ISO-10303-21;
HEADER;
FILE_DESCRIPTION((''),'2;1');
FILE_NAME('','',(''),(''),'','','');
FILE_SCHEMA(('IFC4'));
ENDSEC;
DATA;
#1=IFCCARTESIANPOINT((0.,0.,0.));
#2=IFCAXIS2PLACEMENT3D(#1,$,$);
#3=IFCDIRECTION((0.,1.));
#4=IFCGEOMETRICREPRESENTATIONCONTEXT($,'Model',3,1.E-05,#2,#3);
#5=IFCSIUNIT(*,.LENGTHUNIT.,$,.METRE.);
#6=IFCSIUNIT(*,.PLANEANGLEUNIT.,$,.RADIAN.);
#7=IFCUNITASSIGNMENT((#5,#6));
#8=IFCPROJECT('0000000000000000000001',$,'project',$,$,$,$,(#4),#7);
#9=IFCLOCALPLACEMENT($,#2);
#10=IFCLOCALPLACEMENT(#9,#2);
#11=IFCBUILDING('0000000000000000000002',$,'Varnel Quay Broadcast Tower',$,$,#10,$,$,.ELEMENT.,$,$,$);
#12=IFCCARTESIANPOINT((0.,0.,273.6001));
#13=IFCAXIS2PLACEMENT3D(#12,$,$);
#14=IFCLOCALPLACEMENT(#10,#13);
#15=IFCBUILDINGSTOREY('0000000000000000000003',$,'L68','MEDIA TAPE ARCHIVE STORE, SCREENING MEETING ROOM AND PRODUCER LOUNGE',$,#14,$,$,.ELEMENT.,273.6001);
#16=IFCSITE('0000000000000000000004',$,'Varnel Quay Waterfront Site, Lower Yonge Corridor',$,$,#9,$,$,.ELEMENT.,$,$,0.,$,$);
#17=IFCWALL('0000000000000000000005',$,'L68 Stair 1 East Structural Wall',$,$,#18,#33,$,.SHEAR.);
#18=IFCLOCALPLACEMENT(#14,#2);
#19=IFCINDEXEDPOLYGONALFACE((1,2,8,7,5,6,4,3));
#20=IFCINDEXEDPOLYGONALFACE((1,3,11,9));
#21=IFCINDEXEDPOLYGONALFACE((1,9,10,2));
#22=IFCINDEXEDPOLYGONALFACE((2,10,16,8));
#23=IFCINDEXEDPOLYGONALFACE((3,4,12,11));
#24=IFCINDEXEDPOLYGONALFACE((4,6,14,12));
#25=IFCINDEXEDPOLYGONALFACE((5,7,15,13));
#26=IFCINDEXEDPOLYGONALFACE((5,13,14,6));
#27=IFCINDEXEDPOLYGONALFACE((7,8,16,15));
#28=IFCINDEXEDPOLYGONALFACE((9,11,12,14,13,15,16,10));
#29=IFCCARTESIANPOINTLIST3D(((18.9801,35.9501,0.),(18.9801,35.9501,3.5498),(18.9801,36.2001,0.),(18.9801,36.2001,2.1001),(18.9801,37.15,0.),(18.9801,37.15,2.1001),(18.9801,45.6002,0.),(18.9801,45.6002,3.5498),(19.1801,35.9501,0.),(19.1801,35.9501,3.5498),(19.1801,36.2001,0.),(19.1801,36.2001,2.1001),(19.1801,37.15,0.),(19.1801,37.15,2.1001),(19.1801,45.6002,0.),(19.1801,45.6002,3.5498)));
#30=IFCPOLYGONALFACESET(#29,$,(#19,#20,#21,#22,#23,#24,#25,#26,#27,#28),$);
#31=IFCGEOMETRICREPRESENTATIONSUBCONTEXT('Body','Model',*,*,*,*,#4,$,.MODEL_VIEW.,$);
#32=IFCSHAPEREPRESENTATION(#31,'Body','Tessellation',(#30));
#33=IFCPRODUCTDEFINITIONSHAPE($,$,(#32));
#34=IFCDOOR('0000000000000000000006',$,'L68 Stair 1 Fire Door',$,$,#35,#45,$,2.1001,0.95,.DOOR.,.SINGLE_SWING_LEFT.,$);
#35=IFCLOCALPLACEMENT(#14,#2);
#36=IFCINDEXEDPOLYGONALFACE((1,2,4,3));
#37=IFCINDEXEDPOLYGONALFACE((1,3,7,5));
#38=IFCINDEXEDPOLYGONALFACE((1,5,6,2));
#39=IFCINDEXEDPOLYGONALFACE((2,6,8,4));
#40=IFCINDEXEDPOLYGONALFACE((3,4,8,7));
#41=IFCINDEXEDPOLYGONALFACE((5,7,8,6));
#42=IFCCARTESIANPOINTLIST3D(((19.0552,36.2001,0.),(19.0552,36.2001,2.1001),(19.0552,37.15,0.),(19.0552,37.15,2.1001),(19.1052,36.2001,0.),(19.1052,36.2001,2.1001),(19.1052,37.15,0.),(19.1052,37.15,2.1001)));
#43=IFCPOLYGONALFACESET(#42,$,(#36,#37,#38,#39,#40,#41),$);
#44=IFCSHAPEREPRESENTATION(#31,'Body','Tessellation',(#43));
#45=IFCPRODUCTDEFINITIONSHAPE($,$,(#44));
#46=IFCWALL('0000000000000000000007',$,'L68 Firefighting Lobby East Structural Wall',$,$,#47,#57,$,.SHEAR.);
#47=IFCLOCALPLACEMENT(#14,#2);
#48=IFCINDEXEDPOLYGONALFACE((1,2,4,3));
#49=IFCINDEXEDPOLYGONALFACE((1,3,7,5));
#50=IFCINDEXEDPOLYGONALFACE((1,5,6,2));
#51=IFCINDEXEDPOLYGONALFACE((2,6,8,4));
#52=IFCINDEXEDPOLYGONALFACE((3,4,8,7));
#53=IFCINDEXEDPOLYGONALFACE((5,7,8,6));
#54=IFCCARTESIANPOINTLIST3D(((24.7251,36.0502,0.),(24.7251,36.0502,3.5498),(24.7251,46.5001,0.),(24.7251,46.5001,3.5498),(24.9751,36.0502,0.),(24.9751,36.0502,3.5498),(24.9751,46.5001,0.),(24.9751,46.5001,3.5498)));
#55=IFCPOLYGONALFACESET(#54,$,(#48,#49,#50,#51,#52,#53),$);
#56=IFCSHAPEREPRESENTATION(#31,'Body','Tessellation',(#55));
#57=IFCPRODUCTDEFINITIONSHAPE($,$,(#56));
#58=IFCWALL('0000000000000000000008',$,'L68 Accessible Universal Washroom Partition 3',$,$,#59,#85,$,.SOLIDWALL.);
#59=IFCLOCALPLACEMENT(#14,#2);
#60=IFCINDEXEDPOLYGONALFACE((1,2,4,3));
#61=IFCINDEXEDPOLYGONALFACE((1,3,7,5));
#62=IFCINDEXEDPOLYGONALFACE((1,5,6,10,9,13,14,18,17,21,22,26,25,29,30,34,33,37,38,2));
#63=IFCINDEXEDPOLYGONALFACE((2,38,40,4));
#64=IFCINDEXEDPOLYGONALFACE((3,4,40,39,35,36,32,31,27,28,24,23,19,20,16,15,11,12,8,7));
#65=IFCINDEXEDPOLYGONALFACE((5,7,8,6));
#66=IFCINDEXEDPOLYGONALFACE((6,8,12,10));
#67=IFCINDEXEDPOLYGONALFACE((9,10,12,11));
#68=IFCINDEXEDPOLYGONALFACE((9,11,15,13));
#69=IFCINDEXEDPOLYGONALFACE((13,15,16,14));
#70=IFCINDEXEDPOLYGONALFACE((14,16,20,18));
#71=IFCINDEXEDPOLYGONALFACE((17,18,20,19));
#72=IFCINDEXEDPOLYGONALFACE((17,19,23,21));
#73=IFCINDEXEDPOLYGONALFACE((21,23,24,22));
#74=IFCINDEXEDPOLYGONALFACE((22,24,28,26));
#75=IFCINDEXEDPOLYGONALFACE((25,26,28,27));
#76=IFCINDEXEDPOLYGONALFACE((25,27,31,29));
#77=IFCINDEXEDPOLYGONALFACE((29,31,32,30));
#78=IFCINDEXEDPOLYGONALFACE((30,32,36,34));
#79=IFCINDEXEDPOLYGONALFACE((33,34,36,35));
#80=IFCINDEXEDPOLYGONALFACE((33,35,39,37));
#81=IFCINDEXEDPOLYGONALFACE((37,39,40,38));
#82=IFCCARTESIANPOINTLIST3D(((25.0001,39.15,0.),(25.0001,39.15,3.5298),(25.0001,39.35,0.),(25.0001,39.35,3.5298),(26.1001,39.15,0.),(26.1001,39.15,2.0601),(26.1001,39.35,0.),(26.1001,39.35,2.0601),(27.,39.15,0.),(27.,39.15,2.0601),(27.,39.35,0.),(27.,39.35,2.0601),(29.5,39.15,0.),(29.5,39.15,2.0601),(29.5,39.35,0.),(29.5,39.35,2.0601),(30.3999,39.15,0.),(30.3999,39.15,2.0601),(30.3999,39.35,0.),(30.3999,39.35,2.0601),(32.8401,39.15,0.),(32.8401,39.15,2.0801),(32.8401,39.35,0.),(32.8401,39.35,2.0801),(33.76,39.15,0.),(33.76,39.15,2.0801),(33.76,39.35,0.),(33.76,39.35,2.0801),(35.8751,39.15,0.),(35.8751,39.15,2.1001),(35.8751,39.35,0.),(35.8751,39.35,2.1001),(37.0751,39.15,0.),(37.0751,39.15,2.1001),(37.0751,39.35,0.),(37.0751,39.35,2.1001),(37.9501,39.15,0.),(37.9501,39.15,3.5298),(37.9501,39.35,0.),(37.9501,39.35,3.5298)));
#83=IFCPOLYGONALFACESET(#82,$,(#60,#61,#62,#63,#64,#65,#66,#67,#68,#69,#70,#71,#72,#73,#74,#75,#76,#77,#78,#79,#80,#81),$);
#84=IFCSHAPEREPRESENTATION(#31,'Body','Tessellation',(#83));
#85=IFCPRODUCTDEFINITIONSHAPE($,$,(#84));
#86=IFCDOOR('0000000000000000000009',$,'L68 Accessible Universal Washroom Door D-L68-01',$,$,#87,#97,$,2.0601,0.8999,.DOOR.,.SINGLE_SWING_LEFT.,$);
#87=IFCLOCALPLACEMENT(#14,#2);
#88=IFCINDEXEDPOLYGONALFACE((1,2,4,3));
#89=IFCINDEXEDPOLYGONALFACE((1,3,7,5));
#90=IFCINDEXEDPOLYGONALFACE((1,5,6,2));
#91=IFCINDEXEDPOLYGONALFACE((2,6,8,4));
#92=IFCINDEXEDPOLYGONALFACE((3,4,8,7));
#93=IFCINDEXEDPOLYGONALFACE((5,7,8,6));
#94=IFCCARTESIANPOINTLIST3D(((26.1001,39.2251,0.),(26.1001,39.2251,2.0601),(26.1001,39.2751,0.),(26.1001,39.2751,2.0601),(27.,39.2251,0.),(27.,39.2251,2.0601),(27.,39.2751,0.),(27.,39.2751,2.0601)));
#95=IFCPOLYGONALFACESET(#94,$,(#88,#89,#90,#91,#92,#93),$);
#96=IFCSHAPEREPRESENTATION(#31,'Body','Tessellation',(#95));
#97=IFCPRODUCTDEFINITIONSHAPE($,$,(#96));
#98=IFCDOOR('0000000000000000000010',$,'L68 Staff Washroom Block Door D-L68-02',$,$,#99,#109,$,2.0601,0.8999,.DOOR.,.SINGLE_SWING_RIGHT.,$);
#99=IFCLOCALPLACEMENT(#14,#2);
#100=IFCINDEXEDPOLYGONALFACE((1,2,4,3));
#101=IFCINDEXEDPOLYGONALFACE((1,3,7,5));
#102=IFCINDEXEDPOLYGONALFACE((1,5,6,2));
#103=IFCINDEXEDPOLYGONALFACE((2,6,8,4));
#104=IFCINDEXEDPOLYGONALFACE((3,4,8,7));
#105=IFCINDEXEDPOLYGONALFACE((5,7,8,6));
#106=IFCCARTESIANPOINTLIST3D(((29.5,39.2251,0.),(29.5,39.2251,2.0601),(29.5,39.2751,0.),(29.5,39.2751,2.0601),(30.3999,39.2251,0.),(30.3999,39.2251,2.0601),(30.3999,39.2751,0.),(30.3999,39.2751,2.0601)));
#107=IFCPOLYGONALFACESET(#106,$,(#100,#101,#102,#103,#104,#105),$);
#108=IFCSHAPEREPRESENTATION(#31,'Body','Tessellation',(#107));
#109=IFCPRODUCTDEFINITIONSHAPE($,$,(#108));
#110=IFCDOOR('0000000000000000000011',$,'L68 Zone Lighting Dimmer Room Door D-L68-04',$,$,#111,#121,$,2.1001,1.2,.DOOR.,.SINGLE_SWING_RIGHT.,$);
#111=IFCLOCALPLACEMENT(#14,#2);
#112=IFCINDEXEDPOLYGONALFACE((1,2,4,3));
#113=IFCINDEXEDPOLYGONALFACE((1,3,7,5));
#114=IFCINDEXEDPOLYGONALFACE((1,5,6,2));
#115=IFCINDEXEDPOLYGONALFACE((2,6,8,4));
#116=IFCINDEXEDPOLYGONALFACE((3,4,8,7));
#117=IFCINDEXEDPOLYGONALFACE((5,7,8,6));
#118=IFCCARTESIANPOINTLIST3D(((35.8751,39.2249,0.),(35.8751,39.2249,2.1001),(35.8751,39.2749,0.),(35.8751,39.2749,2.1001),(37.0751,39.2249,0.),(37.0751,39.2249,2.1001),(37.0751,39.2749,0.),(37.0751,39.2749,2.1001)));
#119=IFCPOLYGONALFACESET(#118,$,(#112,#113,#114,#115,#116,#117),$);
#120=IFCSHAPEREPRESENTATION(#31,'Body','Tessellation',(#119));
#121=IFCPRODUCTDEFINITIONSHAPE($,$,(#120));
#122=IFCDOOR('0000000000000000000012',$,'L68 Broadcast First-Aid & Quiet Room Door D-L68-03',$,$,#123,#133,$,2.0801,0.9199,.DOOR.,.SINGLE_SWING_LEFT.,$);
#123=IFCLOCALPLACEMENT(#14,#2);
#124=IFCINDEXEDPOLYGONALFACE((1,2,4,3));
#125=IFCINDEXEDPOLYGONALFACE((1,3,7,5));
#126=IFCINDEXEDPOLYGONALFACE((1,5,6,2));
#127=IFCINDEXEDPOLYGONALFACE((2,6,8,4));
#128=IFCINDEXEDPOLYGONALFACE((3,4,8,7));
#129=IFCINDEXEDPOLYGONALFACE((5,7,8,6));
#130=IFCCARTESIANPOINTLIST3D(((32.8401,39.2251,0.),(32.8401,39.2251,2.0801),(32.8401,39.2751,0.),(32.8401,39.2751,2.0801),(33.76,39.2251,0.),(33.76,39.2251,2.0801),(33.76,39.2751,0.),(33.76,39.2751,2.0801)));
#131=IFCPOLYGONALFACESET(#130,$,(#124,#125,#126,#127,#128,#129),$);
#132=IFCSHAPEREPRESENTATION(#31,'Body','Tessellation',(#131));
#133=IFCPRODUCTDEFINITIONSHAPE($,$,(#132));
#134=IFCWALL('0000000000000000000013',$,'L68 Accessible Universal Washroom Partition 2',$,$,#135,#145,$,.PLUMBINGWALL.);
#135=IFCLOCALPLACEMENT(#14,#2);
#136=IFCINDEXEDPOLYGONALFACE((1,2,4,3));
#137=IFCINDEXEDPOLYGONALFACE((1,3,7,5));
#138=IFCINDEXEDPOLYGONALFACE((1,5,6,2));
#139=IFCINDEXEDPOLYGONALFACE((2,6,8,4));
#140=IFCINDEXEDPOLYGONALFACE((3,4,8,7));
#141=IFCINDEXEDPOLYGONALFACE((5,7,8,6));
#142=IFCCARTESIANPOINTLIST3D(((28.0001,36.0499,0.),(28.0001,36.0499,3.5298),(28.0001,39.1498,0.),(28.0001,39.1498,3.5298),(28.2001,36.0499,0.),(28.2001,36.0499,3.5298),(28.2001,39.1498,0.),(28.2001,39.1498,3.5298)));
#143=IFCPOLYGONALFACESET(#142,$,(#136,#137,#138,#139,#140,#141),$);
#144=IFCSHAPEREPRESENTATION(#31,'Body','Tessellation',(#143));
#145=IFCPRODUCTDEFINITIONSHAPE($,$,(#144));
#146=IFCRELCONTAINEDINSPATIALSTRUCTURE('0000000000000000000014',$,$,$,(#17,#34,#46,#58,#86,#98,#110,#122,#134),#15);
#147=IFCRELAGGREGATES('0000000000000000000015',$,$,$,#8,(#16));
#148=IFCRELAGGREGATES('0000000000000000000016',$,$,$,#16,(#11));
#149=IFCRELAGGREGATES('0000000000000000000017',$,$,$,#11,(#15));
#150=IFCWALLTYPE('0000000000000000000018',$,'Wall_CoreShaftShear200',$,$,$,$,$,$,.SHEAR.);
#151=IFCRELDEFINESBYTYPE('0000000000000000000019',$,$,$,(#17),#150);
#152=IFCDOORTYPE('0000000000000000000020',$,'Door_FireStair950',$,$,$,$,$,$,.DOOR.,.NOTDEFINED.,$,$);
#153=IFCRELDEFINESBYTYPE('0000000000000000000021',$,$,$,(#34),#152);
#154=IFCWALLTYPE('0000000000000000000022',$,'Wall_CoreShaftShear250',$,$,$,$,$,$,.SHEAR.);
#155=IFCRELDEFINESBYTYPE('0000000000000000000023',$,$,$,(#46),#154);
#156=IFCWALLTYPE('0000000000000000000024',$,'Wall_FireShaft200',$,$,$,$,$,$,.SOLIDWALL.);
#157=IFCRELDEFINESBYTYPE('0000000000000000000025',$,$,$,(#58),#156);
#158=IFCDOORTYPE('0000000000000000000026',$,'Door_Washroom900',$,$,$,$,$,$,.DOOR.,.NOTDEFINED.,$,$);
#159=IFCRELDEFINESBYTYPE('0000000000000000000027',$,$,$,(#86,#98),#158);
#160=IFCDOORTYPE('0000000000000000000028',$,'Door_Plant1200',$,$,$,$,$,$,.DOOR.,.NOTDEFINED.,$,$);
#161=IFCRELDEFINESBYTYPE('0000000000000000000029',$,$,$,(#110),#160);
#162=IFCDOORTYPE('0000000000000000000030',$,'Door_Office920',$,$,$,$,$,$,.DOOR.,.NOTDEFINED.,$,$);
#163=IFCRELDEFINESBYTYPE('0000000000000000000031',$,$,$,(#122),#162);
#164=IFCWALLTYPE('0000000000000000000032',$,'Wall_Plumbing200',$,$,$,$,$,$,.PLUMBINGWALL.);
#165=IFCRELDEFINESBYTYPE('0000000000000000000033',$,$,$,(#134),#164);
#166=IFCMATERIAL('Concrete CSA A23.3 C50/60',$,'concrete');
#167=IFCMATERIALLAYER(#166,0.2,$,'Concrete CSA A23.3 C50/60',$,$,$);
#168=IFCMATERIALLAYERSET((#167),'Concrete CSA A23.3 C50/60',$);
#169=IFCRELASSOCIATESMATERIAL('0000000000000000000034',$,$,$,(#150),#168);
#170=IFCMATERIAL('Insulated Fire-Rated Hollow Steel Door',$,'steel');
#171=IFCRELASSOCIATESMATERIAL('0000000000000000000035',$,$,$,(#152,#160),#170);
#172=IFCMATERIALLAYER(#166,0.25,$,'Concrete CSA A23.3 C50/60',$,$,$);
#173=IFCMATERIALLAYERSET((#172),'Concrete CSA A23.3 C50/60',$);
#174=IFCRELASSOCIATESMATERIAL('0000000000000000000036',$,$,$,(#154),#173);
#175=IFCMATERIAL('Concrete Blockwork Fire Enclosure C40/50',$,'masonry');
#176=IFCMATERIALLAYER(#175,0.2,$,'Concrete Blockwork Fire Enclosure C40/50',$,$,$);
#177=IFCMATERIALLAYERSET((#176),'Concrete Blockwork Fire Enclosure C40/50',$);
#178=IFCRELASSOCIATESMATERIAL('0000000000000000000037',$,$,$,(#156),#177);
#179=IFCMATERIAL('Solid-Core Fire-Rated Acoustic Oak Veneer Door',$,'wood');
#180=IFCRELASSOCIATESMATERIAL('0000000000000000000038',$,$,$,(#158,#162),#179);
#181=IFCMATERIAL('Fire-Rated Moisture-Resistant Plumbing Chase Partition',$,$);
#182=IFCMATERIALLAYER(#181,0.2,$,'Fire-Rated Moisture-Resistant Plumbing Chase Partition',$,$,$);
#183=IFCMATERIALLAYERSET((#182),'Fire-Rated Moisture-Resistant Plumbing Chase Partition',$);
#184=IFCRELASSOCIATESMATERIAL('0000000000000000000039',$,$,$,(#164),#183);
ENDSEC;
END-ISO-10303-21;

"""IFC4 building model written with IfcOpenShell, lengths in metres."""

from ifc_helpers import new_model, si_unit, direction, frame, frame_2d, origin, place, context, subcontext, project, spatial, rectangle, extrude, source, transform, mapped, material, layer, layer_set, type_object, type_shapes, element, fill, save


model = new_model("IFC4")

# Units and contexts
model_context = context("Model", 3, precision=1e-05, world=origin(), true_north=direction((0.0, 1.0)))
body_context = subcontext(model_context, "Body", "Model", "MODEL_VIEW")
ifc_project = project(units=[si_unit("LENGTHUNIT", "METRE"), si_unit("PLANEANGLEUNIT", "RADIAN")], contexts=[model_context])

# Site, building, storey
site_placement = place(None, origin())
site = spatial("IfcSite", under=ifc_project, at=site_placement, Name="Varnel Quay Waterfront Site, Lower Yonge Corridor", CompositionType="ELEMENT", RefElevation=0.0)
building_placement = place(site_placement, origin())
building = spatial("IfcBuilding", under=site, at=building_placement, Name="Varnel Quay Broadcast Tower", CompositionType="ELEMENT")
storey_placement = place(building_placement, frame((0.0, 0.0, 273.6001)))
storey = spatial("IfcBuildingStorey", under=building, at=storey_placement, Name="L68", Description="MEDIA TAPE ARCHIVE STORE, SCREENING MEETING ROOM AND PRODUCER LOUNGE", CompositionType="ELEMENT", Elevation=273.6001)

# Wall, opening, door
ifc_material_1 = material(Name="Concrete CSA A23.3 C50/60", Category="concrete")
ifc_layer_1 = layer(ifc_material_1, 0.2, Name="Concrete CSA A23.3 C50/60")
ifc_layer_set_1 = layer_set([ifc_layer_1], Name="Concrete CSA A23.3 C50/60")
wall_type_1 = type_object("IfcWallType", Name="Wall_CoreShaftShear200", PredefinedType="SHEAR", material=ifc_layer_set_1)
wall_1_placement = place(storey_placement, frame((19.0801, 35.95, 0.0), z_axis=(0.0, 0.0, 1.0), x_axis=(0.0, 1.0, 0.0)))
wall_1 = element("IfcWall", 1, at=wall_1_placement, inside=storey, type_object=wall_type_1, Name="L68 Stair 1 East Structural Wall", PredefinedType="SHEAR", context=body_context, shape_type="SweptSolid", body=[
    extrude(rectangle(XDim=9.6501, YDim=0.2, at=frame_2d((4.8252, 0.0))), origin(), (0.0, 0.0, 1.0), 3.5498),
])
opening_1_placement = place(wall_1_placement, frame((0.25, 0.0, 0.0)))
opening_1 = element("IfcOpeningElement", 2, at=opening_1_placement, cuts=wall_1, PredefinedType="OPENING", context=body_context, shape_type="SweptSolid", body=[
    extrude(rectangle(XDim=0.95, YDim=2.1001, at=frame_2d((0.4751, 1.05))), frame((0.0, 0.1099, 0.0), z_axis=(0.0, -1.0, 0.0), x_axis=(1.0, 0.0, 0.0)), (0.0, 0.0, 1.0), 0.22),
])
ifc_material_2 = material(Name="Insulated Fire-Rated Hollow Steel Door", Category="steel")
door_type_1 = type_object("IfcDoorType", Name="Door_FireStair950", OperationType="NOTDEFINED", PredefinedType="DOOR", material=ifc_material_2)
shared_shape_1 = source(origin(), body_context, "Body", "SweptSolid", [
    extrude(rectangle(XDim=0.95, YDim=2.1001, at=frame_2d((0.4751, 1.05))), frame((0.0, 0.0249, 0.0), z_axis=(0.0, -1.0, 0.0), x_axis=(1.0, 0.0, 0.0)), (0.0, 0.0, 1.0), 0.05),
])
type_shapes(door_type_1, [shared_shape_1])
door_1_placement = place(opening_1_placement, origin())
door_1 = element("IfcDoor", 3, at=door_1_placement, inside=storey, type_object=door_type_1, Name="L68 Stair 1 Fire Door", OperationType="SINGLE_SWING_LEFT", OverallHeight=2.1001, OverallWidth=0.95, PredefinedType="DOOR", context=body_context, shape_type="MappedRepresentation", body=[
    mapped(shared_shape_1, transform((0.0, 0.0, 0.0), x_axis=(1.0, 0.0, 0.0), y_axis=(0.0, 1.0, 0.0), z_axis=(0.0, 0.0, 1.0), scale=1.0)),
])
fill(opening_1, door_1)

# Wall
ifc_layer_2 = layer(ifc_material_1, 0.25, Name="Concrete CSA A23.3 C50/60")
ifc_layer_set_2 = layer_set([ifc_layer_2], Name="Concrete CSA A23.3 C50/60")
wall_type_2 = type_object("IfcWallType", Name="Wall_CoreShaftShear250", PredefinedType="SHEAR", material=ifc_layer_set_2)
wall_2_placement = place(storey_placement, frame((24.8501, 36.05, 0.0), z_axis=(0.0, 0.0, 1.0), x_axis=(0.0, 1.0, 0.0)))
element("IfcWall", 4, at=wall_2_placement, inside=storey, type_object=wall_type_2, Name="L68 Firefighting Lobby East Structural Wall", PredefinedType="SHEAR", context=body_context, shape_type="SweptSolid", body=[
    extrude(rectangle(XDim=10.45, YDim=0.25, at=frame_2d((5.2251, 0.0))), origin(), (0.0, 0.0, 1.0), 3.5498),
])

# Wall, openings, doors
ifc_material_3 = material(Name="Concrete Blockwork Fire Enclosure C40/50", Category="masonry")
ifc_layer_3 = layer(ifc_material_3, 0.2, Name="Concrete Blockwork Fire Enclosure C40/50")
ifc_layer_set_3 = layer_set([ifc_layer_3], Name="Concrete Blockwork Fire Enclosure C40/50")
wall_type_3 = type_object("IfcWallType", Name="Wall_FireShaft200", PredefinedType="SOLIDWALL", material=ifc_layer_set_3)
wall_3_placement = place(storey_placement, frame((25.0, 39.25, 0.0), z_axis=(0.0, 0.0, 1.0), x_axis=(1.0, 0.0, 0.0)))
wall_3 = element("IfcWall", 5, at=wall_3_placement, inside=storey, type_object=wall_type_3, Name="L68 Accessible Universal Washroom Partition 3", PredefinedType="SOLIDWALL", context=body_context, shape_type="SweptSolid", body=[
    extrude(rectangle(XDim=12.95, YDim=0.2, at=frame_2d((6.4751, 0.0))), origin(), (0.0, 0.0, 1.0), 3.5298),
])
opening_2_placement = place(wall_3_placement, frame((1.1001, 0.0, 0.0)))
opening_2 = element("IfcOpeningElement", 6, at=opening_2_placement, cuts=wall_3, PredefinedType="OPENING", context=body_context, shape_type="SweptSolid", body=[
    extrude(rectangle(XDim=0.8999, YDim=2.0601, at=frame_2d((0.45, 1.03))), frame((0.0, 0.1099, 0.0), z_axis=(0.0, -1.0, 0.0), x_axis=(1.0, 0.0, 0.0)), (0.0, 0.0, 1.0), 0.22),
])
opening_3_placement = place(wall_3_placement, frame((4.5, 0.0, 0.0)))
opening_3 = element("IfcOpeningElement", 7, at=opening_3_placement, cuts=wall_3, PredefinedType="OPENING", context=body_context, shape_type="SweptSolid", body=[
    extrude(rectangle(XDim=0.8999, YDim=2.0601, at=frame_2d((0.45, 1.03))), frame((0.0, 0.1099, 0.0), z_axis=(0.0, -1.0, 0.0), x_axis=(1.0, 0.0, 0.0)), (0.0, 0.0, 1.0), 0.22),
])
opening_4_placement = place(wall_3_placement, frame((7.8401, 0.0, 0.0)))
opening_4 = element("IfcOpeningElement", 8, at=opening_4_placement, cuts=wall_3, PredefinedType="OPENING", context=body_context, shape_type="SweptSolid", body=[
    extrude(rectangle(XDim=0.9199, YDim=2.0801, at=frame_2d((0.46, 1.04))), frame((0.0, 0.1099, 0.0), z_axis=(0.0, -1.0, 0.0), x_axis=(1.0, 0.0, 0.0)), (0.0, 0.0, 1.0), 0.22),
])
opening_5_placement = place(wall_3_placement, frame((10.875, 0.0, 0.0)))
opening_5 = element("IfcOpeningElement", 9, at=opening_5_placement, cuts=wall_3, PredefinedType="OPENING", context=body_context, shape_type="SweptSolid", body=[
    extrude(rectangle(XDim=1.2, YDim=2.1001, at=frame_2d((0.6001, 1.05))), frame((0.0, 0.1099, 0.0), z_axis=(0.0, -1.0, 0.0), x_axis=(1.0, 0.0, 0.0)), (0.0, 0.0, 1.0), 0.22),
])
ifc_material_4 = material(Name="Solid-Core Fire-Rated Acoustic Oak Veneer Door", Category="wood")
door_type_2 = type_object("IfcDoorType", Name="Door_Washroom900", OperationType="NOTDEFINED", PredefinedType="DOOR", material=ifc_material_4)
shared_shape_2 = source(origin(), body_context, "Body", "SweptSolid", [
    extrude(rectangle(XDim=0.8999, YDim=2.0601, at=frame_2d((0.45, 1.03))), frame((0.0, 0.0249, 0.0), z_axis=(0.0, -1.0, 0.0), x_axis=(1.0, 0.0, 0.0)), (0.0, 0.0, 1.0), 0.05),
])
type_shapes(door_type_2, [shared_shape_2])
door_2_placement = place(opening_2_placement, frame((0.8999, 0.0, 0.0), z_axis=(0.0, 0.0, 1.0), x_axis=(-1.0, 0.0, 0.0)))
door_2 = element("IfcDoor", 10, at=door_2_placement, inside=storey, type_object=door_type_2, Name="L68 Accessible Universal Washroom Door D-L68-01", OperationType="SINGLE_SWING_LEFT", OverallHeight=2.0601, OverallWidth=0.8999, PredefinedType="DOOR", context=body_context, shape_type="MappedRepresentation", body=[
    mapped(shared_shape_2, transform((0.0, 0.0, 0.0), x_axis=(1.0, 0.0, 0.0), y_axis=(0.0, 1.0, 0.0), z_axis=(0.0, 0.0, 1.0), scale=1.0)),
])
fill(opening_2, door_2)
door_3_placement = place(opening_3_placement, frame((0.8999, 0.0, 0.0), z_axis=(0.0, 0.0, 1.0), x_axis=(-1.0, 0.0, 0.0)))
door_3 = element("IfcDoor", 11, at=door_3_placement, inside=storey, type_object=door_type_2, Name="L68 Staff Washroom Block Door D-L68-02", OperationType="SINGLE_SWING_RIGHT", OverallHeight=2.0601, OverallWidth=0.8999, PredefinedType="DOOR", context=body_context, shape_type="MappedRepresentation", body=[
    mapped(shared_shape_2, transform((0.0, 0.0, 0.0), x_axis=(1.0, 0.0, 0.0), y_axis=(0.0, 1.0, 0.0), z_axis=(0.0, 0.0, 1.0), scale=1.0)),
])
fill(opening_3, door_3)
door_type_3 = type_object("IfcDoorType", Name="Door_Plant1200", OperationType="NOTDEFINED", PredefinedType="DOOR", material=ifc_material_2)
shared_shape_3 = source(origin(), body_context, "Body", "SweptSolid", [
    extrude(rectangle(XDim=1.2, YDim=2.1001, at=frame_2d((0.6001, 1.05))), frame((0.0, 0.0249, 0.0), z_axis=(0.0, -1.0, 0.0), x_axis=(1.0, 0.0, 0.0)), (0.0, 0.0, 1.0), 0.05),
])
type_shapes(door_type_3, [shared_shape_3])
door_4_placement = place(opening_5_placement, origin())
door_4 = element("IfcDoor", 12, at=door_4_placement, inside=storey, type_object=door_type_3, Name="L68 Zone Lighting Dimmer Room Door D-L68-04", OperationType="SINGLE_SWING_RIGHT", OverallHeight=2.1001, OverallWidth=1.2, PredefinedType="DOOR", context=body_context, shape_type="MappedRepresentation", body=[
    mapped(shared_shape_3, transform((0.0, 0.0, 0.0), x_axis=(1.0, 0.0, 0.0), y_axis=(0.0, 1.0, 0.0), z_axis=(0.0, 0.0, 1.0), scale=1.0)),
])
fill(opening_5, door_4)
door_type_4 = type_object("IfcDoorType", Name="Door_Office920", OperationType="NOTDEFINED", PredefinedType="DOOR", material=ifc_material_4)
shared_shape_4 = source(origin(), body_context, "Body", "SweptSolid", [
    extrude(rectangle(XDim=0.9199, YDim=2.0801, at=frame_2d((0.46, 1.04))), frame((0.0, 0.0249, 0.0), z_axis=(0.0, -1.0, 0.0), x_axis=(1.0, 0.0, 0.0)), (0.0, 0.0, 1.0), 0.05),
])
type_shapes(door_type_4, [shared_shape_4])
door_5_placement = place(opening_4_placement, frame((0.9199, 0.0, 0.0), z_axis=(0.0, 0.0, 1.0), x_axis=(-1.0, 0.0, 0.0)))
door_5 = element("IfcDoor", 13, at=door_5_placement, inside=storey, type_object=door_type_4, Name="L68 Broadcast First-Aid & Quiet Room Door D-L68-03", OperationType="SINGLE_SWING_LEFT", OverallHeight=2.0801, OverallWidth=0.9199, PredefinedType="DOOR", context=body_context, shape_type="MappedRepresentation", body=[
    mapped(shared_shape_4, transform((0.0, 0.0, 0.0), x_axis=(1.0, 0.0, 0.0), y_axis=(0.0, 1.0, 0.0), z_axis=(0.0, 0.0, 1.0), scale=1.0)),
])
fill(opening_4, door_5)

# Wall
ifc_material_5 = material(Name="Fire-Rated Moisture-Resistant Plumbing Chase Partition")
ifc_layer_4 = layer(ifc_material_5, 0.2, Name="Fire-Rated Moisture-Resistant Plumbing Chase Partition")
ifc_layer_set_4 = layer_set([ifc_layer_4], Name="Fire-Rated Moisture-Resistant Plumbing Chase Partition")
wall_type_4 = type_object("IfcWallType", Name="Wall_Plumbing200", PredefinedType="PLUMBINGWALL", material=ifc_layer_set_4)
wall_4_placement = place(storey_placement, frame((28.1001, 36.05, 0.0), z_axis=(0.0, 0.0, 1.0), x_axis=(0.0, 1.0, 0.0)))
element("IfcWall", 14, at=wall_4_placement, inside=storey, type_object=wall_type_4, Name="L68 Accessible Universal Washroom Partition 2", PredefinedType="PLUMBINGWALL", context=body_context, shape_type="SweptSolid", body=[
    extrude(rectangle(XDim=3.0999, YDim=0.2, at=frame_2d((1.5498, 0.0))), origin(), (0.0, 0.0, 1.0), 3.5298),
])

save(model, "model.ifc")
